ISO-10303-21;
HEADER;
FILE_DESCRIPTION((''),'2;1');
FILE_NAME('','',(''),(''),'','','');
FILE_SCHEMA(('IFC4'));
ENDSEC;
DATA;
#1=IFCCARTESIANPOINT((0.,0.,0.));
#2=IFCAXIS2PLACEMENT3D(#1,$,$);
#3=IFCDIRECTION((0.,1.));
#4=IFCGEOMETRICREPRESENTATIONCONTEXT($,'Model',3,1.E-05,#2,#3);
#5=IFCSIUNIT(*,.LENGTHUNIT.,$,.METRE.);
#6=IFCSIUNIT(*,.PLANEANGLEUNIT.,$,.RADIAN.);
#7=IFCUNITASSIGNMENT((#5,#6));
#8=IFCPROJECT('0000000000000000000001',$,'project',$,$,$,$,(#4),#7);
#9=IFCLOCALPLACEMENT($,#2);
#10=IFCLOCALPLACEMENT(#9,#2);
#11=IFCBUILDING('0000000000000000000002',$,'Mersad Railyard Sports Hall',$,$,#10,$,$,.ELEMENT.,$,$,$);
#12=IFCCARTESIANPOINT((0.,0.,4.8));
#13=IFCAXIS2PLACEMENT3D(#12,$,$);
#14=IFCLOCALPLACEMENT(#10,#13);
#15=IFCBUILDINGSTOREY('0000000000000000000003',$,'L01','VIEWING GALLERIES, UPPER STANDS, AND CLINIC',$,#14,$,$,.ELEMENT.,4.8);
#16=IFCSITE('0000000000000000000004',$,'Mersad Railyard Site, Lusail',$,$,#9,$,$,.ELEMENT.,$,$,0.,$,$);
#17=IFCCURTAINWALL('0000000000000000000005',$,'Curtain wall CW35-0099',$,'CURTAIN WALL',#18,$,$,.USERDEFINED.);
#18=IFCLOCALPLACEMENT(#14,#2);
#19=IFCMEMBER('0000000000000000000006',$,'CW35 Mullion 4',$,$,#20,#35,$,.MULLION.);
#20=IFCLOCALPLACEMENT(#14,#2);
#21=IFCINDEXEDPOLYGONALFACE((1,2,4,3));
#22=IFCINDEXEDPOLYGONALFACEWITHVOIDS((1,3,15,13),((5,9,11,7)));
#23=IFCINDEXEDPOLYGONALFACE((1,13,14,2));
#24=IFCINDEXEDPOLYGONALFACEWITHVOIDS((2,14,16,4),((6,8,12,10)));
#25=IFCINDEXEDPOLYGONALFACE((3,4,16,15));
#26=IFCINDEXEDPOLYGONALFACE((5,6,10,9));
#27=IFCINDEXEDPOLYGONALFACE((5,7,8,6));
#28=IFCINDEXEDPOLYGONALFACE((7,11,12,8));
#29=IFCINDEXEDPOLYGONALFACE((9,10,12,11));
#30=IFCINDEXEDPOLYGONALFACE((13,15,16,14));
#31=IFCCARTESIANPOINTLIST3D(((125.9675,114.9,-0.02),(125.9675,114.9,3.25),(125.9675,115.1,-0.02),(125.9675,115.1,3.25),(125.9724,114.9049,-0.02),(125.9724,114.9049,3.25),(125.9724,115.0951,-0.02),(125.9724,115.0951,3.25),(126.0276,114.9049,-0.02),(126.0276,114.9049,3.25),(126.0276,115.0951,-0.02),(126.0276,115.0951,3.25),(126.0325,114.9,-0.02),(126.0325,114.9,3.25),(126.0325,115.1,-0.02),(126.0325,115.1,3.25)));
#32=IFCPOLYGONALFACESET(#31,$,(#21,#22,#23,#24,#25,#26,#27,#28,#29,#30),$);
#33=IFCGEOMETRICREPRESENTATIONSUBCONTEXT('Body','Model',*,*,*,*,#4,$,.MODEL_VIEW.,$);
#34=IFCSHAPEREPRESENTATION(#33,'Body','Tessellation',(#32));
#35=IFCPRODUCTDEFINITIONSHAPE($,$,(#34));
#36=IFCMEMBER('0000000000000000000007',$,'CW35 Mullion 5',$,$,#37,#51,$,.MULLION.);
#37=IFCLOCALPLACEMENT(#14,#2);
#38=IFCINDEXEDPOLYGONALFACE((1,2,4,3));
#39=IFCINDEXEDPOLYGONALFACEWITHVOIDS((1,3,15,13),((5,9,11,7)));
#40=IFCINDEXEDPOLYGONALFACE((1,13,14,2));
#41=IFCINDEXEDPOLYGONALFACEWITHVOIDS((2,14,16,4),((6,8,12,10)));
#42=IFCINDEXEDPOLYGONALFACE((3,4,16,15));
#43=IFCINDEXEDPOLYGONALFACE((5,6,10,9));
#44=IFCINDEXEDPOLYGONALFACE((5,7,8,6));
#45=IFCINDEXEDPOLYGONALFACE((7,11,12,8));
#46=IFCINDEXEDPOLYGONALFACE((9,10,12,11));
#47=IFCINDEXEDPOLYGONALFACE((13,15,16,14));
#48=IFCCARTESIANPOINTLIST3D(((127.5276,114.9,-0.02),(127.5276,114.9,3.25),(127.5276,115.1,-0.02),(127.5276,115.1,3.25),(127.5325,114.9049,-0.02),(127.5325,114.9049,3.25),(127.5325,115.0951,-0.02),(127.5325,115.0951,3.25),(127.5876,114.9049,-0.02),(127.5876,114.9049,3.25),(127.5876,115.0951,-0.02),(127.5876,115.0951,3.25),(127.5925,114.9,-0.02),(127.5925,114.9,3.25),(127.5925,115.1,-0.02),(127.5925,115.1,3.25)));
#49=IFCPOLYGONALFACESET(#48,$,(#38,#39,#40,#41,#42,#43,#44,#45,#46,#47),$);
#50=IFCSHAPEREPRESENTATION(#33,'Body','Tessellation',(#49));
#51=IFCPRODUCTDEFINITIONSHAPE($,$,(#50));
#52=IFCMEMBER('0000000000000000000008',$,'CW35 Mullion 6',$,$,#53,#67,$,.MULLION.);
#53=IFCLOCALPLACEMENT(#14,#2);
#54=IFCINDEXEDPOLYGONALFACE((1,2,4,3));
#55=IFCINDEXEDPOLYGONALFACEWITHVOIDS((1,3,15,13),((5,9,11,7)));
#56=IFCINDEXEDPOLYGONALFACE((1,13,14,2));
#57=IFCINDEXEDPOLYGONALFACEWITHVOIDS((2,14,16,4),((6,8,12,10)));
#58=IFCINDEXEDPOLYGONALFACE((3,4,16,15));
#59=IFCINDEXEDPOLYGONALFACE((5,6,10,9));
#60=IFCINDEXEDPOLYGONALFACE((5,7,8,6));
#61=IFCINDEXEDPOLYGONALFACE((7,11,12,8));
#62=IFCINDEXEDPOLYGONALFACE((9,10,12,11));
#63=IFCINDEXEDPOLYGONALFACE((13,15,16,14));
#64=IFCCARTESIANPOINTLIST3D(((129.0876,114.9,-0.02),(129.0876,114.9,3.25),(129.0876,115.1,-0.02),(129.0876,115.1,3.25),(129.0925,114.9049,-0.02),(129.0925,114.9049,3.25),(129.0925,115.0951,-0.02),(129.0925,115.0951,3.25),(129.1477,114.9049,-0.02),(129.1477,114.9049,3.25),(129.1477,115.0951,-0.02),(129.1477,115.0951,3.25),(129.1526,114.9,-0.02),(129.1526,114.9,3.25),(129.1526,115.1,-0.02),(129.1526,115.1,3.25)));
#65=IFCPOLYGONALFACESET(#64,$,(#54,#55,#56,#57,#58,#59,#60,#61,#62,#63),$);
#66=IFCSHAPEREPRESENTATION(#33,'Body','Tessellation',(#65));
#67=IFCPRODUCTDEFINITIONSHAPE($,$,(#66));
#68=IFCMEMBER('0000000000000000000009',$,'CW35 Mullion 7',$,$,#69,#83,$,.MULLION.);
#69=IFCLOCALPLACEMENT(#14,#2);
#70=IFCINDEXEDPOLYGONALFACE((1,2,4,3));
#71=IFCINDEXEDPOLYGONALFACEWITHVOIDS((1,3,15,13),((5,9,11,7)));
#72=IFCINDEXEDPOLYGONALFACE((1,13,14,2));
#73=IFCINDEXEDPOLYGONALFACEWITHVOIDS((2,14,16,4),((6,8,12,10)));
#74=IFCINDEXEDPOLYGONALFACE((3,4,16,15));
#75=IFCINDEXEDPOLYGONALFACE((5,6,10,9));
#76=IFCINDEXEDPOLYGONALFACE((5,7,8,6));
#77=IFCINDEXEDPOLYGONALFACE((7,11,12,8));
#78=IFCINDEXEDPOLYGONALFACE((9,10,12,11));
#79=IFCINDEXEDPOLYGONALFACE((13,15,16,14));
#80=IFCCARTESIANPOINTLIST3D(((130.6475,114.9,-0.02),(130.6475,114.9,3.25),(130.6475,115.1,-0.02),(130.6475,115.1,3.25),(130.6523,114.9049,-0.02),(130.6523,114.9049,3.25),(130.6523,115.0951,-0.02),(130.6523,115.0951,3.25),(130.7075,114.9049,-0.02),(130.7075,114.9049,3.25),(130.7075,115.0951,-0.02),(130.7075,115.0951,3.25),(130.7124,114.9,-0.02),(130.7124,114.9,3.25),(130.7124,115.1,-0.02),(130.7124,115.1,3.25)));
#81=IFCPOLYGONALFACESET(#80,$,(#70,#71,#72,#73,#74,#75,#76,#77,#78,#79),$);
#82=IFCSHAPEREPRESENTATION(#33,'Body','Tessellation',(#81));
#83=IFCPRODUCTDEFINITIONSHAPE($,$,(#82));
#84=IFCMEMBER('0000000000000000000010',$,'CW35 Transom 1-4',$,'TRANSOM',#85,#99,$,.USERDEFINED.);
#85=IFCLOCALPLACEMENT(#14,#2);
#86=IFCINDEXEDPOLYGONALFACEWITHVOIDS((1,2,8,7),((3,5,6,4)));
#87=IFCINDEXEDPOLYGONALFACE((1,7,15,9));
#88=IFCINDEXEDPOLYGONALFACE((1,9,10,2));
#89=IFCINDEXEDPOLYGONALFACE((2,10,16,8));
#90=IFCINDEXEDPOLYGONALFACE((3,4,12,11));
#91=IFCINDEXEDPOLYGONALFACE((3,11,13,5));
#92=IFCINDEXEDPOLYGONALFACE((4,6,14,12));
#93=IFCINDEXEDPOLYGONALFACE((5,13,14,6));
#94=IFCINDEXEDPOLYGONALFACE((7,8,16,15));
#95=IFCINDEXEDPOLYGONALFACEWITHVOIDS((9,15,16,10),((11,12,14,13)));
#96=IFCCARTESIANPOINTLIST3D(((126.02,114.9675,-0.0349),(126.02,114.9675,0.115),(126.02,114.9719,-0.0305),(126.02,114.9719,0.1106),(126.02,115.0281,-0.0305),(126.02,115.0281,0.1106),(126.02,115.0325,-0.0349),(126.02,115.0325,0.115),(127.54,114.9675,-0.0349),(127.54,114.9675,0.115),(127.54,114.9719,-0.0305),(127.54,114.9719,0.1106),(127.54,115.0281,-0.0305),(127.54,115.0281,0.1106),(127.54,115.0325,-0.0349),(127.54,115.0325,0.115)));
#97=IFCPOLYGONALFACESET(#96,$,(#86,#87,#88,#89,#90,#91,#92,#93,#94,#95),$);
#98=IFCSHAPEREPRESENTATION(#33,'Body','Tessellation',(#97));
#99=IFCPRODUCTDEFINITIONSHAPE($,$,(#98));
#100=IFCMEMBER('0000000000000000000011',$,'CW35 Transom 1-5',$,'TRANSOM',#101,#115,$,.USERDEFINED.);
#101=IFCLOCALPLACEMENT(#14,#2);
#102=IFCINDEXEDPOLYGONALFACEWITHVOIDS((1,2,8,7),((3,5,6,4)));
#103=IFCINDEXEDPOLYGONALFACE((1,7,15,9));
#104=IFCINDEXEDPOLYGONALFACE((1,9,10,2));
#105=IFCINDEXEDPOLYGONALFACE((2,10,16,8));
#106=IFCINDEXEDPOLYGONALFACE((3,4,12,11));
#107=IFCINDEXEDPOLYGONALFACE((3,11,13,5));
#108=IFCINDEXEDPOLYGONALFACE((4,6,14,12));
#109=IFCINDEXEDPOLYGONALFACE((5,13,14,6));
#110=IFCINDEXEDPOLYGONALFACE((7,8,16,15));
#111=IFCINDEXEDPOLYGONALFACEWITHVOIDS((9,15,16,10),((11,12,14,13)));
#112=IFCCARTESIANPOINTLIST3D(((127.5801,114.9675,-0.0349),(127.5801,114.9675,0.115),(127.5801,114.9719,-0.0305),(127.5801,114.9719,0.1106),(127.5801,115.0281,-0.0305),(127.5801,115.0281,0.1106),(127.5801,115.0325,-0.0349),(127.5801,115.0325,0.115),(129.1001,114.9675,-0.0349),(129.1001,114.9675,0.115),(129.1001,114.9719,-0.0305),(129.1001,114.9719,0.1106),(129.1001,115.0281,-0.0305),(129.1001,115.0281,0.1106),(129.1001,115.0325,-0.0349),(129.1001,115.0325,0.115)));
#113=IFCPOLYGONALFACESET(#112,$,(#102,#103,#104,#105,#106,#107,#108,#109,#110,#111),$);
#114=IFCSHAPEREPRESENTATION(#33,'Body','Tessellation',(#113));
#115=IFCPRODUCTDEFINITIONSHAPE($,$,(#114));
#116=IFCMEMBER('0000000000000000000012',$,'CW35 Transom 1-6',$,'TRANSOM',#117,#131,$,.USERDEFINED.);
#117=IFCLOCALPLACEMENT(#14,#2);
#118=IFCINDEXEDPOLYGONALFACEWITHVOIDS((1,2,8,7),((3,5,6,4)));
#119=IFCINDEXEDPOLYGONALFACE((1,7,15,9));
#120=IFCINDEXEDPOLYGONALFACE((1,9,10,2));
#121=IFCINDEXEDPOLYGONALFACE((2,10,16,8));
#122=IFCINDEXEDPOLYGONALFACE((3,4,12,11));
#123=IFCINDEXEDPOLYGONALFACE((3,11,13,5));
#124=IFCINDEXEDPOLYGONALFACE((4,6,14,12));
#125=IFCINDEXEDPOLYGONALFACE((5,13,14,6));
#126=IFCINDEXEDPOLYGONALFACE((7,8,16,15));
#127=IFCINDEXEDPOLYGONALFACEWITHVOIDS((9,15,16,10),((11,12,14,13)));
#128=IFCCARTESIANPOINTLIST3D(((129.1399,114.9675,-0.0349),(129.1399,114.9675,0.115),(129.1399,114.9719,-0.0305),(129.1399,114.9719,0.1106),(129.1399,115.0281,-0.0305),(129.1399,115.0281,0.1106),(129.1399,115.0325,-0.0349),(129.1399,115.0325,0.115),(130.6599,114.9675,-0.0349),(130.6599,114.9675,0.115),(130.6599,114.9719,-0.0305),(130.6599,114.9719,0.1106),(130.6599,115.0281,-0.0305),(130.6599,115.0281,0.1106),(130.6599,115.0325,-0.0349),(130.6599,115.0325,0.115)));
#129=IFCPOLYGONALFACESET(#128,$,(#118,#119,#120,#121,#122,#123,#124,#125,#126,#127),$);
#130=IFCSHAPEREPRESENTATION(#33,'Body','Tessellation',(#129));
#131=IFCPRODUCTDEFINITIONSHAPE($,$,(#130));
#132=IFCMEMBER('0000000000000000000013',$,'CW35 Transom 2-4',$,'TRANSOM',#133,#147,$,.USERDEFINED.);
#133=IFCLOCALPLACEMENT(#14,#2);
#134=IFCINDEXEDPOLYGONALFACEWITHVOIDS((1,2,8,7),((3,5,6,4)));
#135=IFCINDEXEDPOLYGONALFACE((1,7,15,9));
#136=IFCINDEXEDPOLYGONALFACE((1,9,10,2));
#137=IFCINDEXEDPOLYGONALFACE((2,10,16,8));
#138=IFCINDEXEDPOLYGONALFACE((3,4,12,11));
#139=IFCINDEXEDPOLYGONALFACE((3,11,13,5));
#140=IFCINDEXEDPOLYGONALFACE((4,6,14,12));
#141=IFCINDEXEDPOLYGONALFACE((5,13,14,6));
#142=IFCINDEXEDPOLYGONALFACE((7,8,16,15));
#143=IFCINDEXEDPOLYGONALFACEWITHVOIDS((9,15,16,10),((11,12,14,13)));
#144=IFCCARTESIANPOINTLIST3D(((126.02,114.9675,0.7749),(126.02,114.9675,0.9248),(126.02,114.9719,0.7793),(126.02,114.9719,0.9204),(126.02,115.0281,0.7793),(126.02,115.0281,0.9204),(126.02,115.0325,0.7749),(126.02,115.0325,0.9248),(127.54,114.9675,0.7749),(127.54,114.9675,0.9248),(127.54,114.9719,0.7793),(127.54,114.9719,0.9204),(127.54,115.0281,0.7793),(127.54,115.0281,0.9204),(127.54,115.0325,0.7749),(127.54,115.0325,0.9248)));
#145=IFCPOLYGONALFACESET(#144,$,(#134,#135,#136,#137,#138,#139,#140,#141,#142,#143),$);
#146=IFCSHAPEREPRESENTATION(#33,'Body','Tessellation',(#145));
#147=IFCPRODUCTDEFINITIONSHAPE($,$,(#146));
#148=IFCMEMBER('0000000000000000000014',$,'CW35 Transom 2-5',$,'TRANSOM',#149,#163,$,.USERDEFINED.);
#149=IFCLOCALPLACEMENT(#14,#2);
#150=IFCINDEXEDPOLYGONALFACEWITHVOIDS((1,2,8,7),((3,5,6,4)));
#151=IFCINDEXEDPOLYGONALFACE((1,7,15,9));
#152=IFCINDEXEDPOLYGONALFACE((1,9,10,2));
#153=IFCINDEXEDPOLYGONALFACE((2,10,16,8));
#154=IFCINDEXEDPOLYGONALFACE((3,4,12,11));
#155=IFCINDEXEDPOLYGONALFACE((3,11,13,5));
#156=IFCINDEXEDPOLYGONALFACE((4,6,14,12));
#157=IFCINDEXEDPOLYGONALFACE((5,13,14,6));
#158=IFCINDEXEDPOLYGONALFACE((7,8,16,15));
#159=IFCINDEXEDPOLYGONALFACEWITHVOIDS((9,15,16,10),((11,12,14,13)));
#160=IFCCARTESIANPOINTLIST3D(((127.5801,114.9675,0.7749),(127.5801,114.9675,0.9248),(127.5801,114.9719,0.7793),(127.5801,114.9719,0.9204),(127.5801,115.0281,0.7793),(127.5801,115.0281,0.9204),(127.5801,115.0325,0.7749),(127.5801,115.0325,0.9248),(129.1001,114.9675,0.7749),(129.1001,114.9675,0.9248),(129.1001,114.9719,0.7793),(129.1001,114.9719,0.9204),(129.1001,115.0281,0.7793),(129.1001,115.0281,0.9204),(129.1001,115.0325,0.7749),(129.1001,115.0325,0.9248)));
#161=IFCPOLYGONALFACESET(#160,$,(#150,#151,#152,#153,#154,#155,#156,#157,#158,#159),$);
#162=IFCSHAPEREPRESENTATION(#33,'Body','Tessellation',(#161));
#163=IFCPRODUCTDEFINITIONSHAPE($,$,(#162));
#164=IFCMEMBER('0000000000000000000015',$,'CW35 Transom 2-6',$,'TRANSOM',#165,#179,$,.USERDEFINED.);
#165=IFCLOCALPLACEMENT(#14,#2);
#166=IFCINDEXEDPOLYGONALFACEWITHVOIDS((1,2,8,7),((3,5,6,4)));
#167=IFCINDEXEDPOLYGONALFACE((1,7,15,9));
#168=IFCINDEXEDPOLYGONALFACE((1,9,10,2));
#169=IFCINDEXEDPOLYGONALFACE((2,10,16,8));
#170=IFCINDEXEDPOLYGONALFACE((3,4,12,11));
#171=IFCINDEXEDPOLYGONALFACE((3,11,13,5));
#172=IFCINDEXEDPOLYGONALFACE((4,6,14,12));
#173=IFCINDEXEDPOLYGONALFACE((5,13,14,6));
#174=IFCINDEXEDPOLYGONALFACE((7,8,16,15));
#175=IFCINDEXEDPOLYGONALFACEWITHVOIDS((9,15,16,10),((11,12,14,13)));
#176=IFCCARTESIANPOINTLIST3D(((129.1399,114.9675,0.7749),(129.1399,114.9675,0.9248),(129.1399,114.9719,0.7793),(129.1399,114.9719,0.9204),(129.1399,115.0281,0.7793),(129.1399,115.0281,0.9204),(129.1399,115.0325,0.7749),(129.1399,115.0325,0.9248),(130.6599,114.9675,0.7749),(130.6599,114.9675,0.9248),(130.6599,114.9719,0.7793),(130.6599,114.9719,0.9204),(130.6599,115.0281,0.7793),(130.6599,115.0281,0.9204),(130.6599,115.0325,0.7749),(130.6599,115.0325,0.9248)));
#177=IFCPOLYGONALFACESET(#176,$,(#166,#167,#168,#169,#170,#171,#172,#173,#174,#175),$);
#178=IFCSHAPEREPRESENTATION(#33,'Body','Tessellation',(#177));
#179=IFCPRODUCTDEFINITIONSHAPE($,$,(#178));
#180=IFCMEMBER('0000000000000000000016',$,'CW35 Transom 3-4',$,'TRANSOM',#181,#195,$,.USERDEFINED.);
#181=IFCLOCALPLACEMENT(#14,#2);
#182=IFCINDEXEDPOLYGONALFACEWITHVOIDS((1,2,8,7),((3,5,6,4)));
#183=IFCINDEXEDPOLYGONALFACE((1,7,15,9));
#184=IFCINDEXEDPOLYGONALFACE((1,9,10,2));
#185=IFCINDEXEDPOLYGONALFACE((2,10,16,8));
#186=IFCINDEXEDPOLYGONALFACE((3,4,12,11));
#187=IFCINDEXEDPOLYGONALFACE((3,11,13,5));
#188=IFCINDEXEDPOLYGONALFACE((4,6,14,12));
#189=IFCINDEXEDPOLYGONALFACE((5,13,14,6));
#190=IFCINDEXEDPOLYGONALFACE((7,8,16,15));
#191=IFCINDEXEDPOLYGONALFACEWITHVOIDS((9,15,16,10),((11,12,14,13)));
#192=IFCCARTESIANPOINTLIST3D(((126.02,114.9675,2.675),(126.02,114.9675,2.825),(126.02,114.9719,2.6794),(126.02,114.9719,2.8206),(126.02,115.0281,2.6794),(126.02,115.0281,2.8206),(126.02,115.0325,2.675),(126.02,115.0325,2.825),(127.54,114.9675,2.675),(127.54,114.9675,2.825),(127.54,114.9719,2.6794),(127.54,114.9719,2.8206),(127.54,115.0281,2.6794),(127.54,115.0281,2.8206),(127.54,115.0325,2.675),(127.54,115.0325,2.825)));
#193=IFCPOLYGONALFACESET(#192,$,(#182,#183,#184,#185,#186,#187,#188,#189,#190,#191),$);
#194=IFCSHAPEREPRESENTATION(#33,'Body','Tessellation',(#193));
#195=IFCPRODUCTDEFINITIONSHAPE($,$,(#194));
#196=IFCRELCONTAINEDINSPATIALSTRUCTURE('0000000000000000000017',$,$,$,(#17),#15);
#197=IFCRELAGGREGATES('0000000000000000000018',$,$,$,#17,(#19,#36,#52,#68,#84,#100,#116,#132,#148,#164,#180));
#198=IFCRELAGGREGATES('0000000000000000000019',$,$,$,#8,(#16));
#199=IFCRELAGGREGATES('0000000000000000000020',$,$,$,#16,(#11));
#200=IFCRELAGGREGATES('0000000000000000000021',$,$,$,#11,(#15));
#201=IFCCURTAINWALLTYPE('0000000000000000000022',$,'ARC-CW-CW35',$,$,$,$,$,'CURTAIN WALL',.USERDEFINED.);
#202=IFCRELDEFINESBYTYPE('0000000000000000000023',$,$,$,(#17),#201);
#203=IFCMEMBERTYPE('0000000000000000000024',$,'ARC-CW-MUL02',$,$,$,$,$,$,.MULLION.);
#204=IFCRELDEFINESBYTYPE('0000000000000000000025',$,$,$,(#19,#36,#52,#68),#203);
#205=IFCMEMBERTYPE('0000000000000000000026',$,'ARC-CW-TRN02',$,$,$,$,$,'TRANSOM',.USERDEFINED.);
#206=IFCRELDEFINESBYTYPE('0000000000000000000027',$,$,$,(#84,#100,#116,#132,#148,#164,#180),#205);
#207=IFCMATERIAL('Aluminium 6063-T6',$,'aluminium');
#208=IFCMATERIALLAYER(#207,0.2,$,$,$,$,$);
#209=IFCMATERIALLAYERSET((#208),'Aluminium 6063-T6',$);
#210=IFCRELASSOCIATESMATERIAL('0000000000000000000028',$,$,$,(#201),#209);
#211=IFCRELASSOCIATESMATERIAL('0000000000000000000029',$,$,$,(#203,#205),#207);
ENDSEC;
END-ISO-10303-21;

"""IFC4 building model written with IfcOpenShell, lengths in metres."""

from ifc_helpers import new_model, si_unit, direction, frame, origin, origin_2d, place, context, subcontext, project, spatial, hollow_rectangle, extrude, material, layer, layer_set, material_profile, profile_set, type_object, element, aggregate, save


model = new_model("IFC4")

# Units and contexts
model_context = context("Model", 3, precision=1e-05, world=origin(), true_north=direction((0.0, 1.0)))
body_context = subcontext(model_context, "Body", "Model", "MODEL_VIEW")
ifc_project = project(units=[si_unit("LENGTHUNIT", "METRE"), si_unit("PLANEANGLEUNIT", "RADIAN")], contexts=[model_context])

# Site, building, storey
site_placement = place(None, origin())
site = spatial("IfcSite", under=ifc_project, at=site_placement, Name="Mersad Railyard Site, Lusail", CompositionType="ELEMENT", RefElevation=0.0)
building_placement = place(site_placement, origin())
building = spatial("IfcBuilding", under=site, at=building_placement, Name="Mersad Railyard Sports Hall", CompositionType="ELEMENT")
storey_placement = place(building_placement, frame((0.0, 0.0, 4.8)))
storey = spatial("IfcBuildingStorey", under=building, at=storey_placement, Name="L01", Description="VIEWING GALLERIES, UPPER STANDS, AND CLINIC", CompositionType="ELEMENT", Elevation=4.8)

# Curtain wall, members
ifc_material_1 = material(Name="Aluminium 6063-T6", Category="aluminium")
ifc_layer_1 = layer(ifc_material_1, 0.2)
ifc_layer_set_1 = layer_set([ifc_layer_1], Name="Aluminium 6063-T6")
curtain_wall_type = type_object("IfcCurtainWallType", Name="ARC-CW-CW35", ElementType="CURTAIN WALL", PredefinedType="USERDEFINED", material=ifc_layer_set_1)
curtain_wall_placement = place(storey_placement, origin())
curtain_wall = element("IfcCurtainWall", 1, at=curtain_wall_placement, inside=storey, type_object=curtain_wall_type, Name="Curtain wall CW35-0099", ObjectType="CURTAIN WALL", PredefinedType="USERDEFINED")
ifc_material_profile_1 = material_profile(ifc_material_1, hollow_rectangle(XDim=0.0649, YDim=0.2, WallThickness=0.0049, at=origin_2d()), Name="AL MULLION 65x200x5")
ifc_profile_set_1 = profile_set([ifc_material_profile_1], Name="Aluminium 6063-T6")
member_type_1 = type_object("IfcMemberType", Name="ARC-CW-MUL02", PredefinedType="MULLION", material=ifc_profile_set_1)
member_1_placement = place(storey_placement, frame((126.0, 115.0, -0.02), z_axis=(0.0, 0.0, 1.0), x_axis=(1.0, 0.0, 0.0)))
member_1 = element("IfcMember", 2, at=member_1_placement, type_object=member_type_1, Name="CW35 Mullion 4", PredefinedType="MULLION", context=body_context, shape_type="SweptSolid", body=[
    extrude(hollow_rectangle(XDim=0.0649, YDim=0.2, WallThickness=0.0049, at=origin_2d()), origin(), (0.0, 0.0, 1.0), 3.27),
])
member_2_placement = place(storey_placement, frame((127.5601, 115.0, -0.02), z_axis=(0.0, 0.0, 1.0), x_axis=(1.0, 0.0, 0.0)))
member_2 = element("IfcMember", 3, at=member_2_placement, type_object=member_type_1, Name="CW35 Mullion 5", PredefinedType="MULLION", context=body_context, shape_type="SweptSolid", body=[
    extrude(hollow_rectangle(XDim=0.0649, YDim=0.2, WallThickness=0.0049, at=origin_2d()), origin(), (0.0, 0.0, 1.0), 3.27),
])
member_3_placement = place(storey_placement, frame((129.1201, 115.0, -0.02), z_axis=(0.0, 0.0, 1.0), x_axis=(1.0, 0.0, 0.0)))
member_3 = element("IfcMember", 4, at=member_3_placement, type_object=member_type_1, Name="CW35 Mullion 6", PredefinedType="MULLION", context=body_context, shape_type="SweptSolid", body=[
    extrude(hollow_rectangle(XDim=0.0649, YDim=0.2, WallThickness=0.0049, at=origin_2d()), origin(), (0.0, 0.0, 1.0), 3.27),
])
member_4_placement = place(storey_placement, frame((130.6799, 115.0, -0.02), z_axis=(0.0, 0.0, 1.0), x_axis=(1.0, 0.0, 0.0)))
member_4 = element("IfcMember", 5, at=member_4_placement, type_object=member_type_1, Name="CW35 Mullion 7", PredefinedType="MULLION", context=body_context, shape_type="SweptSolid", body=[
    extrude(hollow_rectangle(XDim=0.0649, YDim=0.2, WallThickness=0.0049, at=origin_2d()), origin(), (0.0, 0.0, 1.0), 3.27),
])
ifc_material_profile_2 = material_profile(ifc_material_1, hollow_rectangle(XDim=0.0649, YDim=0.1499, WallThickness=0.0044, at=origin_2d()), Name="AL TRANSOM 65x150x4.5")
ifc_profile_set_2 = profile_set([ifc_material_profile_2], Name="Aluminium 6063-T6")
member_type_2 = type_object("IfcMemberType", Name="ARC-CW-TRN02", ElementType="TRANSOM", PredefinedType="USERDEFINED", material=ifc_profile_set_2)
member_5_placement = place(storey_placement, frame((126.02, 115.0, 0.04), z_axis=(1.0, 0.0, 0.0), x_axis=(0.0, 1.0, 0.0)))
member_5 = element("IfcMember", 6, at=member_5_placement, type_object=member_type_2, Name="CW35 Transom 1-4", ObjectType="TRANSOM", PredefinedType="USERDEFINED", context=body_context, shape_type="SweptSolid", body=[
    extrude(hollow_rectangle(XDim=0.0649, YDim=0.1499, WallThickness=0.0044, at=origin_2d()), origin(), (0.0, 0.0, 1.0), 1.52),
])
member_6_placement = place(storey_placement, frame((127.5801, 115.0, 0.04), z_axis=(1.0, 0.0, 0.0), x_axis=(0.0, 1.0, 0.0)))
member_6 = element("IfcMember", 7, at=member_6_placement, type_object=member_type_2, Name="CW35 Transom 1-5", ObjectType="TRANSOM", PredefinedType="USERDEFINED", context=body_context, shape_type="SweptSolid", body=[
    extrude(hollow_rectangle(XDim=0.0649, YDim=0.1499, WallThickness=0.0044, at=origin_2d()), origin(), (0.0, 0.0, 1.0), 1.52),
])
member_7_placement = place(storey_placement, frame((129.1399, 115.0, 0.04), z_axis=(1.0, 0.0, 0.0), x_axis=(0.0, 1.0, 0.0)))
member_7 = element("IfcMember", 8, at=member_7_placement, type_object=member_type_2, Name="CW35 Transom 1-6", ObjectType="TRANSOM", PredefinedType="USERDEFINED", context=body_context, shape_type="SweptSolid", body=[
    extrude(hollow_rectangle(XDim=0.0649, YDim=0.1499, WallThickness=0.0044, at=origin_2d()), origin(), (0.0, 0.0, 1.0), 1.52),
])
member_8_placement = place(storey_placement, frame((126.02, 115.0, 0.8499), z_axis=(1.0, 0.0, 0.0), x_axis=(0.0, 1.0, 0.0)))
member_8 = element("IfcMember", 9, at=member_8_placement, type_object=member_type_2, Name="CW35 Transom 2-4", ObjectType="TRANSOM", PredefinedType="USERDEFINED", context=body_context, shape_type="SweptSolid", body=[
    extrude(hollow_rectangle(XDim=0.0649, YDim=0.1499, WallThickness=0.0044, at=origin_2d()), origin(), (0.0, 0.0, 1.0), 1.52),
])
member_9_placement = place(storey_placement, frame((127.5801, 115.0, 0.8499), z_axis=(1.0, 0.0, 0.0), x_axis=(0.0, 1.0, 0.0)))
member_9 = element("IfcMember", 10, at=member_9_placement, type_object=member_type_2, Name="CW35 Transom 2-5", ObjectType="TRANSOM", PredefinedType="USERDEFINED", context=body_context, shape_type="SweptSolid", body=[
    extrude(hollow_rectangle(XDim=0.0649, YDim=0.1499, WallThickness=0.0044, at=origin_2d()), origin(), (0.0, 0.0, 1.0), 1.52),
])
member_10_placement = place(storey_placement, frame((129.1399, 115.0, 0.8499), z_axis=(1.0, 0.0, 0.0), x_axis=(0.0, 1.0, 0.0)))
member_10 = element("IfcMember", 11, at=member_10_placement, type_object=member_type_2, Name="CW35 Transom 2-6", ObjectType="TRANSOM", PredefinedType="USERDEFINED", context=body_context, shape_type="SweptSolid", body=[
    extrude(hollow_rectangle(XDim=0.0649, YDim=0.1499, WallThickness=0.0044, at=origin_2d()), origin(), (0.0, 0.0, 1.0), 1.52),
])
member_11_placement = place(storey_placement, frame((126.02, 115.0, 2.75), z_axis=(1.0, 0.0, 0.0), x_axis=(0.0, 1.0, 0.0)))
member_11 = element("IfcMember", 12, at=member_11_placement, type_object=member_type_2, Name="CW35 Transom 3-4", ObjectType="TRANSOM", PredefinedType="USERDEFINED", context=body_context, shape_type="SweptSolid", body=[
    extrude(hollow_rectangle(XDim=0.0649, YDim=0.1499, WallThickness=0.0044, at=origin_2d()), origin(), (0.0, 0.0, 1.0), 1.52),
])
aggregate(curtain_wall, [member_1, member_2, member_3, member_4, member_5, member_6, member_7, member_8, member_9, member_10, member_11])

save(model, "model.ifc")
